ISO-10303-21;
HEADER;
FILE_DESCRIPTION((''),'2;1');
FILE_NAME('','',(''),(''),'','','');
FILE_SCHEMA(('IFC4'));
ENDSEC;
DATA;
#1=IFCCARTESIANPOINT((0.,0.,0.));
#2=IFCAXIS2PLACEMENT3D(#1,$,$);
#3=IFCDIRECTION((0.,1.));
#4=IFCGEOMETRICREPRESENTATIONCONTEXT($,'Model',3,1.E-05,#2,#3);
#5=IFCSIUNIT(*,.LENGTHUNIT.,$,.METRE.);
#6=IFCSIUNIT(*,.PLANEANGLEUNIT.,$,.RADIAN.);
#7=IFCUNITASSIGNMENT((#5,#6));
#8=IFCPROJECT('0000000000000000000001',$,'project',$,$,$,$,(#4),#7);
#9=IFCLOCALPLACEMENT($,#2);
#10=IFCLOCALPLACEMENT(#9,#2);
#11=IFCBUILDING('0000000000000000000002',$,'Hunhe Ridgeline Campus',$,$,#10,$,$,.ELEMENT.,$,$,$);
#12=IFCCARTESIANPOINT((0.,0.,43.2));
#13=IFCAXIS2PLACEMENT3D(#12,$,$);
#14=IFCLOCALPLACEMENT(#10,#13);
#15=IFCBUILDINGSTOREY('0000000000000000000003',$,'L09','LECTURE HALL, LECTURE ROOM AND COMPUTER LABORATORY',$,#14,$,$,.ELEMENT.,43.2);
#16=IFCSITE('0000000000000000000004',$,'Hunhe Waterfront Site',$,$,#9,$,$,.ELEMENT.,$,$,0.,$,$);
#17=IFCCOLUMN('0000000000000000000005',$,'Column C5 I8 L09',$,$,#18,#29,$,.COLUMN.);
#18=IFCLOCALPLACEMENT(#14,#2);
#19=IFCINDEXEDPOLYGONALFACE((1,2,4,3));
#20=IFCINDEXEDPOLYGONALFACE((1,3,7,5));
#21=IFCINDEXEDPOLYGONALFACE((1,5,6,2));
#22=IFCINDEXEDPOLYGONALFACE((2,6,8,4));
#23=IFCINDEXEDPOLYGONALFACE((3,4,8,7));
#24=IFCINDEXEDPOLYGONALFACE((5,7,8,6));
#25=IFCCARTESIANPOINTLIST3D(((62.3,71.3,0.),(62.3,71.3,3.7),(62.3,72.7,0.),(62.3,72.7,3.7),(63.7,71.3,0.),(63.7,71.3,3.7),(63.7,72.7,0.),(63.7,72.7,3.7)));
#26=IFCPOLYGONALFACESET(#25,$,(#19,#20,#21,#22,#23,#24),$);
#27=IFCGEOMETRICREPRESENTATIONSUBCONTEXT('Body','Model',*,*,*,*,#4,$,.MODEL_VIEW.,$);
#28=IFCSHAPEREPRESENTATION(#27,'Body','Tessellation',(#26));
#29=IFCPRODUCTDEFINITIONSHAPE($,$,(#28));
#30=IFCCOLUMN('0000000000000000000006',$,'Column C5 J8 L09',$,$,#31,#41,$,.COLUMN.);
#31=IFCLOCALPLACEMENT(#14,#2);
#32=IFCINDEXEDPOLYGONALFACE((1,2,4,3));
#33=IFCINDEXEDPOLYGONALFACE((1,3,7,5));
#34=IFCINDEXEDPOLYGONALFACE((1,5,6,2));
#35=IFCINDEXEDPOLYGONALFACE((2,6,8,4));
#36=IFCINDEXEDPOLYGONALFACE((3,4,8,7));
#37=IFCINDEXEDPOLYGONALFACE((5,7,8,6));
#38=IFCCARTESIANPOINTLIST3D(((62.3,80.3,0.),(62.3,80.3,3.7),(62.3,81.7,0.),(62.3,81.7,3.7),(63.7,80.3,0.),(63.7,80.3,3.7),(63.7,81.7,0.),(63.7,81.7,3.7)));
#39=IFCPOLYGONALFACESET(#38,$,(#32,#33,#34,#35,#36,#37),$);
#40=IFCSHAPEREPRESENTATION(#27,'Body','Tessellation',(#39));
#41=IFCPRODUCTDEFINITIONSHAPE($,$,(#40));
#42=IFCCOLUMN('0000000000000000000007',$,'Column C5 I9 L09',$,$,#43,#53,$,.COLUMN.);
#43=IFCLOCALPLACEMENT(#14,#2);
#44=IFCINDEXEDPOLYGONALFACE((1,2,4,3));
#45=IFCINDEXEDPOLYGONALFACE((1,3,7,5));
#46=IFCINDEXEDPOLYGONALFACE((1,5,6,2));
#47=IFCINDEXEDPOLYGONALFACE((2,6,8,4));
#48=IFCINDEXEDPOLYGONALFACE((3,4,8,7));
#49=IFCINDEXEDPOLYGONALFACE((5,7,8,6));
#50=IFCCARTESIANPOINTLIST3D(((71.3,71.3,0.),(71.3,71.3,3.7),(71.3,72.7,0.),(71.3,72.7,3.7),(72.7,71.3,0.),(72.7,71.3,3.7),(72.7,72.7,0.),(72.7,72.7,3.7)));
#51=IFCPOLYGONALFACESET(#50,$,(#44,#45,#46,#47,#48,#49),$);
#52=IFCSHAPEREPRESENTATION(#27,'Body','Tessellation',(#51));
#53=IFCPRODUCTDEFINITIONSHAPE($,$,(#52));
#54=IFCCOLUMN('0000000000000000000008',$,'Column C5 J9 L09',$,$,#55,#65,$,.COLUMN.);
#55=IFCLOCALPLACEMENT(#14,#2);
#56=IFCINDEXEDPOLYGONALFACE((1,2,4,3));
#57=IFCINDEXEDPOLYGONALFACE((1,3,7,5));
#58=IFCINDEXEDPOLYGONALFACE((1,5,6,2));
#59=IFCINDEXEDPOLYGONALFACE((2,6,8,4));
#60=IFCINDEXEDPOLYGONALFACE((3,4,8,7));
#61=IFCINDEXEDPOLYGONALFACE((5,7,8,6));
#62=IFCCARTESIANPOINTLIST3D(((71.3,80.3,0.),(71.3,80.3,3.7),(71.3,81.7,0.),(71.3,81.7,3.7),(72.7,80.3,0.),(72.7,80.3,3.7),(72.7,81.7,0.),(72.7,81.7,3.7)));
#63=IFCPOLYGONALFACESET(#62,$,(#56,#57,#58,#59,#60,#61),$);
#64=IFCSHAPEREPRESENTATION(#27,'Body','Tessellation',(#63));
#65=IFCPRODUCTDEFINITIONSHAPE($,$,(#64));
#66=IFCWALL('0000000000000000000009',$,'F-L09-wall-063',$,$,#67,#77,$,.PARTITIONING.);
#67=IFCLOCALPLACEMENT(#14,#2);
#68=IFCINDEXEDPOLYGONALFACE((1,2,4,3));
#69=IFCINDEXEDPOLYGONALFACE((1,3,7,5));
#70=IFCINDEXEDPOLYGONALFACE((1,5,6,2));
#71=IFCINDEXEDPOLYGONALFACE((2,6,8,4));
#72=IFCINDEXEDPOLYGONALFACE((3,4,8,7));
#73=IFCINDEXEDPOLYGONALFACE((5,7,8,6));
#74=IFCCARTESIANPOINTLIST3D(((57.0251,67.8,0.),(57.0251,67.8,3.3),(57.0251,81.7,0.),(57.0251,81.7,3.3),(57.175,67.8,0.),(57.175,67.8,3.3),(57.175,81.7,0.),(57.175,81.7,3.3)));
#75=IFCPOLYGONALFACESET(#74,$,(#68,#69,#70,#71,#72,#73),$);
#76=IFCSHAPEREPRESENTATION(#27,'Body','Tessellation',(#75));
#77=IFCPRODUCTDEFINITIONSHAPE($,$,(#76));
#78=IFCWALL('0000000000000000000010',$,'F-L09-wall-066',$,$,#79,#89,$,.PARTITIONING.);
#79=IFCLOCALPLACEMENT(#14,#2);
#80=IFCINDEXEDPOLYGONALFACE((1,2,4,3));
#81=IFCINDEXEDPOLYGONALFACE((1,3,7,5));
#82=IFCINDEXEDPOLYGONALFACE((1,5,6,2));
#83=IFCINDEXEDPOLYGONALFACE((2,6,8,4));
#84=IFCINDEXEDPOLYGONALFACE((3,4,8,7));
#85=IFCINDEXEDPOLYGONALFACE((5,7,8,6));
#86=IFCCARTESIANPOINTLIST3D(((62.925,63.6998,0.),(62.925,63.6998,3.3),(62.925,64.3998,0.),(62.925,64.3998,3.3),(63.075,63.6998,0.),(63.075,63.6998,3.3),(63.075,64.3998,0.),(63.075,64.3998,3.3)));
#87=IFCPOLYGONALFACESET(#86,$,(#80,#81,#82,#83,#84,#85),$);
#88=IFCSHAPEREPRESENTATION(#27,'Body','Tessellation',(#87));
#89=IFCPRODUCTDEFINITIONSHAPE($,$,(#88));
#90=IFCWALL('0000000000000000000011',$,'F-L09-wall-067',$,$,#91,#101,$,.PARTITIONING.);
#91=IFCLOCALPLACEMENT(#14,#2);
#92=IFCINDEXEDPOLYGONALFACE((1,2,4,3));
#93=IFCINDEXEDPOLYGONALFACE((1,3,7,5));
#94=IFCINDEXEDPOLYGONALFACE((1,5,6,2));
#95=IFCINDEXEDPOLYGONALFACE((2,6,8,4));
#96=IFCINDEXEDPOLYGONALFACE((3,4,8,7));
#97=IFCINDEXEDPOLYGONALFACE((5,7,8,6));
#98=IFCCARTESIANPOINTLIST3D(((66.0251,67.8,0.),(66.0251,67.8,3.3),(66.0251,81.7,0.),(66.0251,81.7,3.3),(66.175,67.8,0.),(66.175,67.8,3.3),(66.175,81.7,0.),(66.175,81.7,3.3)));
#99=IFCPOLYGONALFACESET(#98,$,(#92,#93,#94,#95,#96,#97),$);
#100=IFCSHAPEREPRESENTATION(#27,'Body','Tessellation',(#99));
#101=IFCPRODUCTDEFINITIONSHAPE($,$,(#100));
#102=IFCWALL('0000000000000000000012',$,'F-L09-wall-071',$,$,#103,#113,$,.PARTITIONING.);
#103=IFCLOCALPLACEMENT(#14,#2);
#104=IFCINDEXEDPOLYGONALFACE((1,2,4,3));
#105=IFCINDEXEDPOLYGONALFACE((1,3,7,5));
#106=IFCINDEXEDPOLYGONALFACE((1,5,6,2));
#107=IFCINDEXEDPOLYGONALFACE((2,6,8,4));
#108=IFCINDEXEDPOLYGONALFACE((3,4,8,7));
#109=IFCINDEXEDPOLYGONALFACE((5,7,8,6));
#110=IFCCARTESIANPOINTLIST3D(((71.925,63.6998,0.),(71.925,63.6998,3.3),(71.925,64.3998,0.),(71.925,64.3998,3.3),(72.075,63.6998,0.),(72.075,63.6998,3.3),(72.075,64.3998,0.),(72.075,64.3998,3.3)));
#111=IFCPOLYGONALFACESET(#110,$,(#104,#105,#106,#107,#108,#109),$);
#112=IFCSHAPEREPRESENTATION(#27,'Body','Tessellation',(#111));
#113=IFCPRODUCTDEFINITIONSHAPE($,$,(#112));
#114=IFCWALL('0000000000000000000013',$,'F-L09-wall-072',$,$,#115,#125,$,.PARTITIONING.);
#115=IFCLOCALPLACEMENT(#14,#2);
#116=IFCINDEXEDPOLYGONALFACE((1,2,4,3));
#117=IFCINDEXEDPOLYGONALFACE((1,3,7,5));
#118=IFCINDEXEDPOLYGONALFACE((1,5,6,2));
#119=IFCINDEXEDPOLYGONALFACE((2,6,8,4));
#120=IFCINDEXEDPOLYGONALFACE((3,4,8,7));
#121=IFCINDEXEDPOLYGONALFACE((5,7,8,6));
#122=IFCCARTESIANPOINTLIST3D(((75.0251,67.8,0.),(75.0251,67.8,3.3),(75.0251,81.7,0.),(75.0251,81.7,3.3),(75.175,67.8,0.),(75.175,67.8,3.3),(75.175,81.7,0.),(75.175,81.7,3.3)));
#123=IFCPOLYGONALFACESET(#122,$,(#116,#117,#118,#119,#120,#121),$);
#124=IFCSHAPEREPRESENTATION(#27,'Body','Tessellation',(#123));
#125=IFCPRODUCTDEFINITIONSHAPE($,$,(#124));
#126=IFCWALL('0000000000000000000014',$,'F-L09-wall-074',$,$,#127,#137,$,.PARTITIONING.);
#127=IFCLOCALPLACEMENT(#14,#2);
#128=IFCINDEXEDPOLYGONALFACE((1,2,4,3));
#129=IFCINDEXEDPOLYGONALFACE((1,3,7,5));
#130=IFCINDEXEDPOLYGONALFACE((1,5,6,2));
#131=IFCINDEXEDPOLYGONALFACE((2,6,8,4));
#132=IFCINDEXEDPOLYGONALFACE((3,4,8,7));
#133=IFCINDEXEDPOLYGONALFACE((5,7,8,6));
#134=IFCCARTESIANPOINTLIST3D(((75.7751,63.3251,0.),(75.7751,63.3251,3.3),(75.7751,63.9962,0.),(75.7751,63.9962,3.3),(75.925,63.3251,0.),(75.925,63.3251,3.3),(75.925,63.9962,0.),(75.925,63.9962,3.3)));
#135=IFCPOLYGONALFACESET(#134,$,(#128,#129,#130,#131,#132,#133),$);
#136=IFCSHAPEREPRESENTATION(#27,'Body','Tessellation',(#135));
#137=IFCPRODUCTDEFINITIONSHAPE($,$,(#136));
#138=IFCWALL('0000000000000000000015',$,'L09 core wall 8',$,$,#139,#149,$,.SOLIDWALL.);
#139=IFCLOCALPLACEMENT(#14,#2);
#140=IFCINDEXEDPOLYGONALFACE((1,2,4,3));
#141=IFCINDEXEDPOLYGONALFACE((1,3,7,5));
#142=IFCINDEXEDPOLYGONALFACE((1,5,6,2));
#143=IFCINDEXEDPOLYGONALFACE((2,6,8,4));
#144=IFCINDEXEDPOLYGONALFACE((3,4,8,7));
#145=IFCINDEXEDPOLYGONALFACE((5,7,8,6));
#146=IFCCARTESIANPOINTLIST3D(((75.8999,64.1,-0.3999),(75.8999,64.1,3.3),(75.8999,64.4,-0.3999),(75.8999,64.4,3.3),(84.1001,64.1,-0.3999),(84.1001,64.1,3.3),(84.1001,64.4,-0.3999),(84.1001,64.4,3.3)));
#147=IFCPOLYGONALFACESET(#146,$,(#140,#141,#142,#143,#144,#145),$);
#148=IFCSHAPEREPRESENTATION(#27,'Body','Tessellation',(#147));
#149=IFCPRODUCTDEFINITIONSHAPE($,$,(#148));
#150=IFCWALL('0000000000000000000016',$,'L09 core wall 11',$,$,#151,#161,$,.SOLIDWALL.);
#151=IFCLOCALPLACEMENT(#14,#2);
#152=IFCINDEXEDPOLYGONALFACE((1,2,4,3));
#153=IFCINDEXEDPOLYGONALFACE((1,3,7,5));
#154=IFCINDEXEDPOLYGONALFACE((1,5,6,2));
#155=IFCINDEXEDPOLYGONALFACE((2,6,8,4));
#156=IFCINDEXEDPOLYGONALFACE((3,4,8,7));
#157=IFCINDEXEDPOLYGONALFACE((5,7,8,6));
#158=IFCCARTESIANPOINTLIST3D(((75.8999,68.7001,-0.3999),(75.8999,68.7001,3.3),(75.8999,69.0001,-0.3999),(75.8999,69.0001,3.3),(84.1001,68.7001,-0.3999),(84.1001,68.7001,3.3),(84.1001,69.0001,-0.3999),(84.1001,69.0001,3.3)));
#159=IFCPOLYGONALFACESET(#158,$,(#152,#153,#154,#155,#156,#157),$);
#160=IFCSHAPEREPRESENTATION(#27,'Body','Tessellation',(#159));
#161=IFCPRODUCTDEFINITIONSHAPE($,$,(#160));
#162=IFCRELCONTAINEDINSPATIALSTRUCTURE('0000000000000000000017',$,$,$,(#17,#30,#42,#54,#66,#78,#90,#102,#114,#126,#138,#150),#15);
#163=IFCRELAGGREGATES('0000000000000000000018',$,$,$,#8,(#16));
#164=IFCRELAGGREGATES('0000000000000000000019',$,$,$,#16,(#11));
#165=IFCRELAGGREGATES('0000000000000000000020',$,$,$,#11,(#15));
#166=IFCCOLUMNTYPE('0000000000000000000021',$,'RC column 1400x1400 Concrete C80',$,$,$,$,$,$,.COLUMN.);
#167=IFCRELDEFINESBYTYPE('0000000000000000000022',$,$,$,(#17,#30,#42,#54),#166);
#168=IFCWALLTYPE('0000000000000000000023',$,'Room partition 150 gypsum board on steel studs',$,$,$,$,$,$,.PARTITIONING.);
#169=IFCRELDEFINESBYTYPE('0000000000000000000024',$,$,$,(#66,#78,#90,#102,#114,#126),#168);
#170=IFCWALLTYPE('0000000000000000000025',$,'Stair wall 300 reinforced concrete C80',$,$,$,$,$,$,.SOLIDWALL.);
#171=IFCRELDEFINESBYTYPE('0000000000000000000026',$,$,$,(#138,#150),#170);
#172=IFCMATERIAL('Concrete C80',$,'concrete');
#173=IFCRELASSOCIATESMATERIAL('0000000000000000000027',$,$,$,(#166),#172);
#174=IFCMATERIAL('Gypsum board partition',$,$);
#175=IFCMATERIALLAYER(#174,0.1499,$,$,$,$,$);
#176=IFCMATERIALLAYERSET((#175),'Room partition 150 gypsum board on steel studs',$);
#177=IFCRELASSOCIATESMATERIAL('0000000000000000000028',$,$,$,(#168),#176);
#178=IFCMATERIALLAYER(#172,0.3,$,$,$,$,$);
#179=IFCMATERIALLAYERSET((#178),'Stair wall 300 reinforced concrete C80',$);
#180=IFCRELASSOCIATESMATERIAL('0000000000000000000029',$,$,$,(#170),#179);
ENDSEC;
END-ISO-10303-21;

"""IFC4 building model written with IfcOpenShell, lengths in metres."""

from ifc_helpers import new_model, si_unit, direction, frame, frame_2d, origin, origin_2d, place, context, subcontext, project, spatial, rectangle, extrude, material, layer, layer_set, material_profile, profile_set, type_object, element, save


model = new_model("IFC4")

# Units and contexts
model_context = context("Model", 3, precision=1e-05, world=origin(), true_north=direction((0.0, 1.0)))
body_context = subcontext(model_context, "Body", "Model", "MODEL_VIEW")
ifc_project = project(units=[si_unit("LENGTHUNIT", "METRE"), si_unit("PLANEANGLEUNIT", "RADIAN")], contexts=[model_context])

# Site, building, storey
site_placement = place(None, origin())
site = spatial("IfcSite", under=ifc_project, at=site_placement, Name="Hunhe Waterfront Site", CompositionType="ELEMENT", RefElevation=0.0)
building_placement = place(site_placement, origin())
building = spatial("IfcBuilding", under=site, at=building_placement, Name="Hunhe Ridgeline Campus", CompositionType="ELEMENT")
storey_placement = place(building_placement, frame((0.0, 0.0, 43.2)))
storey = spatial("IfcBuildingStorey", under=building, at=storey_placement, Name="L09", Description="LECTURE HALL, LECTURE ROOM AND COMPUTER LABORATORY", CompositionType="ELEMENT", Elevation=43.2)

# Columns
ifc_material_1 = material(Name="Concrete C80", Category="concrete")
ifc_material_profile = material_profile(ifc_material_1, rectangle(XDim=1.3999, YDim=1.3999, at=origin_2d()))
ifc_profile_set = profile_set([ifc_material_profile], Name="Concrete C80")
column_type = type_object("IfcColumnType", Name="RC column 1400x1400 Concrete C80", PredefinedType="COLUMN", material=ifc_profile_set)
for number, where, z_axis, x_axis, name in (
    (1, (63.0, 72.0, 0.0), (0.0, 0.0, 1.0), (1.0, 0.0, 0.0), "Column C5 I8 L09"),
    (2, (63.0, 81.0, 0.0), (0.0, 0.0, 1.0), (1.0, 0.0, 0.0), "Column C5 J8 L09"),
    (3, (72.0, 72.0, 0.0), (0.0, 0.0, 1.0), (1.0, 0.0, 0.0), "Column C5 I9 L09"),
    (4, (72.0, 81.0, 0.0), (0.0, 0.0, 1.0), (1.0, 0.0, 0.0), "Column C5 J9 L09"),
):
    element("IfcColumn", number, at=place(storey_placement, frame(where, z_axis=z_axis, x_axis=x_axis)), inside=storey, type_object=column_type, Name=name, PredefinedType="COLUMN", context=body_context, shape_type="SweptSolid", body=[
        extrude(rectangle(XDim=1.3999, YDim=1.3999, at=origin_2d()), origin(), (0.0, 0.0, 1.0), 3.7),
    ])

# Shared definitions
ifc_material_2 = material(Name="Gypsum board partition")

# Walls
ifc_layer_1 = layer(ifc_material_2, 0.1499)
ifc_layer_set_1 = layer_set([ifc_layer_1], Name="Room partition 150 gypsum board on steel studs")
wall_type_1 = type_object("IfcWallType", Name="Room partition 150 gypsum board on steel studs", PredefinedType="PARTITIONING", material=ifc_layer_set_1)
wall_1_placement = place(storey_placement, frame((57.1001, 81.7, 0.0), z_axis=(0.0, 0.0, 1.0), x_axis=(0.0, -1.0, 0.0)))
element("IfcWall", 5, at=wall_1_placement, inside=storey, type_object=wall_type_1, Name="F-L09-wall-063", PredefinedType="PARTITIONING", context=body_context, shape_type="SweptSolid", body=[
    extrude(rectangle(XDim=13.8999, YDim=0.1499, at=frame_2d((6.95, 0.0))), origin(), (0.0, 0.0, 1.0), 3.3),
])
wall_2_placement = place(storey_placement, frame((63.0, 64.3999, 0.0), z_axis=(0.0, 0.0, 1.0), x_axis=(0.0, -1.0, 0.0)))
element("IfcWall", 6, at=wall_2_placement, inside=storey, type_object=wall_type_1, Name="F-L09-wall-066", PredefinedType="PARTITIONING", context=body_context, shape_type="SweptSolid", body=[
    extrude(rectangle(XDim=0.7, YDim=0.1499, at=frame_2d((0.3501, 0.0))), origin(), (0.0, 0.0, 1.0), 3.3),
])
wall_3_placement = place(storey_placement, frame((66.1001, 81.7, 0.0), z_axis=(0.0, 0.0, 1.0), x_axis=(0.0, -1.0, 0.0)))
element("IfcWall", 7, at=wall_3_placement, inside=storey, type_object=wall_type_1, Name="F-L09-wall-067", PredefinedType="PARTITIONING", context=body_context, shape_type="SweptSolid", body=[
    extrude(rectangle(XDim=13.8999, YDim=0.1499, at=frame_2d((6.95, 0.0))), origin(), (0.0, 0.0, 1.0), 3.3),
])
wall_4_placement = place(storey_placement, frame((72.0, 64.3999, 0.0), z_axis=(0.0, 0.0, 1.0), x_axis=(0.0, -1.0, 0.0)))
element("IfcWall", 8, at=wall_4_placement, inside=storey, type_object=wall_type_1, Name="F-L09-wall-071", PredefinedType="PARTITIONING", context=body_context, shape_type="SweptSolid", body=[
    extrude(rectangle(XDim=0.7, YDim=0.1499, at=frame_2d((0.3501, 0.0))), origin(), (0.0, 0.0, 1.0), 3.3),
])
wall_5_placement = place(storey_placement, frame((75.1001, 81.7, 0.0), z_axis=(0.0, 0.0, 1.0), x_axis=(0.0, -1.0, 0.0)))
element("IfcWall", 9, at=wall_5_placement, inside=storey, type_object=wall_type_1, Name="F-L09-wall-072", PredefinedType="PARTITIONING", context=body_context, shape_type="SweptSolid", body=[
    extrude(rectangle(XDim=13.8999, YDim=0.1499, at=frame_2d((6.95, 0.0))), origin(), (0.0, 0.0, 1.0), 3.3),
])
wall_6_placement = place(storey_placement, frame((75.8501, 63.9961, 0.0), z_axis=(0.0, 0.0, 1.0), x_axis=(0.0, -1.0, 0.0)))
element("IfcWall", 10, at=wall_6_placement, inside=storey, type_object=wall_type_1, Name="F-L09-wall-074", PredefinedType="PARTITIONING", context=body_context, shape_type="SweptSolid", body=[
    extrude(rectangle(XDim=0.6711, YDim=0.1499, at=frame_2d((0.3354, 0.0))), origin(), (0.0, 0.0, 1.0), 3.3),
])
ifc_layer_2 = layer(ifc_material_1, 0.3)
ifc_layer_set_2 = layer_set([ifc_layer_2], Name="Stair wall 300 reinforced concrete C80")
wall_type_2 = type_object("IfcWallType", Name="Stair wall 300 reinforced concrete C80", PredefinedType="SOLIDWALL", material=ifc_layer_set_2)
for number, where, z_axis, x_axis, name in (
    (11, (75.8999, 64.25, -0.3999), (0.0, 0.0, 1.0), (1.0, 0.0, 0.0), "L09 core wall 8"),
    (12, (75.8999, 68.8501, -0.3999), (0.0, 0.0, 1.0), (1.0, 0.0, 0.0), "L09 core wall 11"),
):
    element("IfcWall", number, at=place(storey_placement, frame(where, z_axis=z_axis, x_axis=x_axis)), inside=storey, type_object=wall_type_2, Name=name, PredefinedType="SOLIDWALL", context=body_context, shape_type="SweptSolid", body=[
        extrude(rectangle(XDim=8.2002, YDim=0.3, at=frame_2d((4.1001, 0.0))), origin(), (0.0, 0.0, 1.0), 3.7),
    ])

save(model, "model.ifc")
